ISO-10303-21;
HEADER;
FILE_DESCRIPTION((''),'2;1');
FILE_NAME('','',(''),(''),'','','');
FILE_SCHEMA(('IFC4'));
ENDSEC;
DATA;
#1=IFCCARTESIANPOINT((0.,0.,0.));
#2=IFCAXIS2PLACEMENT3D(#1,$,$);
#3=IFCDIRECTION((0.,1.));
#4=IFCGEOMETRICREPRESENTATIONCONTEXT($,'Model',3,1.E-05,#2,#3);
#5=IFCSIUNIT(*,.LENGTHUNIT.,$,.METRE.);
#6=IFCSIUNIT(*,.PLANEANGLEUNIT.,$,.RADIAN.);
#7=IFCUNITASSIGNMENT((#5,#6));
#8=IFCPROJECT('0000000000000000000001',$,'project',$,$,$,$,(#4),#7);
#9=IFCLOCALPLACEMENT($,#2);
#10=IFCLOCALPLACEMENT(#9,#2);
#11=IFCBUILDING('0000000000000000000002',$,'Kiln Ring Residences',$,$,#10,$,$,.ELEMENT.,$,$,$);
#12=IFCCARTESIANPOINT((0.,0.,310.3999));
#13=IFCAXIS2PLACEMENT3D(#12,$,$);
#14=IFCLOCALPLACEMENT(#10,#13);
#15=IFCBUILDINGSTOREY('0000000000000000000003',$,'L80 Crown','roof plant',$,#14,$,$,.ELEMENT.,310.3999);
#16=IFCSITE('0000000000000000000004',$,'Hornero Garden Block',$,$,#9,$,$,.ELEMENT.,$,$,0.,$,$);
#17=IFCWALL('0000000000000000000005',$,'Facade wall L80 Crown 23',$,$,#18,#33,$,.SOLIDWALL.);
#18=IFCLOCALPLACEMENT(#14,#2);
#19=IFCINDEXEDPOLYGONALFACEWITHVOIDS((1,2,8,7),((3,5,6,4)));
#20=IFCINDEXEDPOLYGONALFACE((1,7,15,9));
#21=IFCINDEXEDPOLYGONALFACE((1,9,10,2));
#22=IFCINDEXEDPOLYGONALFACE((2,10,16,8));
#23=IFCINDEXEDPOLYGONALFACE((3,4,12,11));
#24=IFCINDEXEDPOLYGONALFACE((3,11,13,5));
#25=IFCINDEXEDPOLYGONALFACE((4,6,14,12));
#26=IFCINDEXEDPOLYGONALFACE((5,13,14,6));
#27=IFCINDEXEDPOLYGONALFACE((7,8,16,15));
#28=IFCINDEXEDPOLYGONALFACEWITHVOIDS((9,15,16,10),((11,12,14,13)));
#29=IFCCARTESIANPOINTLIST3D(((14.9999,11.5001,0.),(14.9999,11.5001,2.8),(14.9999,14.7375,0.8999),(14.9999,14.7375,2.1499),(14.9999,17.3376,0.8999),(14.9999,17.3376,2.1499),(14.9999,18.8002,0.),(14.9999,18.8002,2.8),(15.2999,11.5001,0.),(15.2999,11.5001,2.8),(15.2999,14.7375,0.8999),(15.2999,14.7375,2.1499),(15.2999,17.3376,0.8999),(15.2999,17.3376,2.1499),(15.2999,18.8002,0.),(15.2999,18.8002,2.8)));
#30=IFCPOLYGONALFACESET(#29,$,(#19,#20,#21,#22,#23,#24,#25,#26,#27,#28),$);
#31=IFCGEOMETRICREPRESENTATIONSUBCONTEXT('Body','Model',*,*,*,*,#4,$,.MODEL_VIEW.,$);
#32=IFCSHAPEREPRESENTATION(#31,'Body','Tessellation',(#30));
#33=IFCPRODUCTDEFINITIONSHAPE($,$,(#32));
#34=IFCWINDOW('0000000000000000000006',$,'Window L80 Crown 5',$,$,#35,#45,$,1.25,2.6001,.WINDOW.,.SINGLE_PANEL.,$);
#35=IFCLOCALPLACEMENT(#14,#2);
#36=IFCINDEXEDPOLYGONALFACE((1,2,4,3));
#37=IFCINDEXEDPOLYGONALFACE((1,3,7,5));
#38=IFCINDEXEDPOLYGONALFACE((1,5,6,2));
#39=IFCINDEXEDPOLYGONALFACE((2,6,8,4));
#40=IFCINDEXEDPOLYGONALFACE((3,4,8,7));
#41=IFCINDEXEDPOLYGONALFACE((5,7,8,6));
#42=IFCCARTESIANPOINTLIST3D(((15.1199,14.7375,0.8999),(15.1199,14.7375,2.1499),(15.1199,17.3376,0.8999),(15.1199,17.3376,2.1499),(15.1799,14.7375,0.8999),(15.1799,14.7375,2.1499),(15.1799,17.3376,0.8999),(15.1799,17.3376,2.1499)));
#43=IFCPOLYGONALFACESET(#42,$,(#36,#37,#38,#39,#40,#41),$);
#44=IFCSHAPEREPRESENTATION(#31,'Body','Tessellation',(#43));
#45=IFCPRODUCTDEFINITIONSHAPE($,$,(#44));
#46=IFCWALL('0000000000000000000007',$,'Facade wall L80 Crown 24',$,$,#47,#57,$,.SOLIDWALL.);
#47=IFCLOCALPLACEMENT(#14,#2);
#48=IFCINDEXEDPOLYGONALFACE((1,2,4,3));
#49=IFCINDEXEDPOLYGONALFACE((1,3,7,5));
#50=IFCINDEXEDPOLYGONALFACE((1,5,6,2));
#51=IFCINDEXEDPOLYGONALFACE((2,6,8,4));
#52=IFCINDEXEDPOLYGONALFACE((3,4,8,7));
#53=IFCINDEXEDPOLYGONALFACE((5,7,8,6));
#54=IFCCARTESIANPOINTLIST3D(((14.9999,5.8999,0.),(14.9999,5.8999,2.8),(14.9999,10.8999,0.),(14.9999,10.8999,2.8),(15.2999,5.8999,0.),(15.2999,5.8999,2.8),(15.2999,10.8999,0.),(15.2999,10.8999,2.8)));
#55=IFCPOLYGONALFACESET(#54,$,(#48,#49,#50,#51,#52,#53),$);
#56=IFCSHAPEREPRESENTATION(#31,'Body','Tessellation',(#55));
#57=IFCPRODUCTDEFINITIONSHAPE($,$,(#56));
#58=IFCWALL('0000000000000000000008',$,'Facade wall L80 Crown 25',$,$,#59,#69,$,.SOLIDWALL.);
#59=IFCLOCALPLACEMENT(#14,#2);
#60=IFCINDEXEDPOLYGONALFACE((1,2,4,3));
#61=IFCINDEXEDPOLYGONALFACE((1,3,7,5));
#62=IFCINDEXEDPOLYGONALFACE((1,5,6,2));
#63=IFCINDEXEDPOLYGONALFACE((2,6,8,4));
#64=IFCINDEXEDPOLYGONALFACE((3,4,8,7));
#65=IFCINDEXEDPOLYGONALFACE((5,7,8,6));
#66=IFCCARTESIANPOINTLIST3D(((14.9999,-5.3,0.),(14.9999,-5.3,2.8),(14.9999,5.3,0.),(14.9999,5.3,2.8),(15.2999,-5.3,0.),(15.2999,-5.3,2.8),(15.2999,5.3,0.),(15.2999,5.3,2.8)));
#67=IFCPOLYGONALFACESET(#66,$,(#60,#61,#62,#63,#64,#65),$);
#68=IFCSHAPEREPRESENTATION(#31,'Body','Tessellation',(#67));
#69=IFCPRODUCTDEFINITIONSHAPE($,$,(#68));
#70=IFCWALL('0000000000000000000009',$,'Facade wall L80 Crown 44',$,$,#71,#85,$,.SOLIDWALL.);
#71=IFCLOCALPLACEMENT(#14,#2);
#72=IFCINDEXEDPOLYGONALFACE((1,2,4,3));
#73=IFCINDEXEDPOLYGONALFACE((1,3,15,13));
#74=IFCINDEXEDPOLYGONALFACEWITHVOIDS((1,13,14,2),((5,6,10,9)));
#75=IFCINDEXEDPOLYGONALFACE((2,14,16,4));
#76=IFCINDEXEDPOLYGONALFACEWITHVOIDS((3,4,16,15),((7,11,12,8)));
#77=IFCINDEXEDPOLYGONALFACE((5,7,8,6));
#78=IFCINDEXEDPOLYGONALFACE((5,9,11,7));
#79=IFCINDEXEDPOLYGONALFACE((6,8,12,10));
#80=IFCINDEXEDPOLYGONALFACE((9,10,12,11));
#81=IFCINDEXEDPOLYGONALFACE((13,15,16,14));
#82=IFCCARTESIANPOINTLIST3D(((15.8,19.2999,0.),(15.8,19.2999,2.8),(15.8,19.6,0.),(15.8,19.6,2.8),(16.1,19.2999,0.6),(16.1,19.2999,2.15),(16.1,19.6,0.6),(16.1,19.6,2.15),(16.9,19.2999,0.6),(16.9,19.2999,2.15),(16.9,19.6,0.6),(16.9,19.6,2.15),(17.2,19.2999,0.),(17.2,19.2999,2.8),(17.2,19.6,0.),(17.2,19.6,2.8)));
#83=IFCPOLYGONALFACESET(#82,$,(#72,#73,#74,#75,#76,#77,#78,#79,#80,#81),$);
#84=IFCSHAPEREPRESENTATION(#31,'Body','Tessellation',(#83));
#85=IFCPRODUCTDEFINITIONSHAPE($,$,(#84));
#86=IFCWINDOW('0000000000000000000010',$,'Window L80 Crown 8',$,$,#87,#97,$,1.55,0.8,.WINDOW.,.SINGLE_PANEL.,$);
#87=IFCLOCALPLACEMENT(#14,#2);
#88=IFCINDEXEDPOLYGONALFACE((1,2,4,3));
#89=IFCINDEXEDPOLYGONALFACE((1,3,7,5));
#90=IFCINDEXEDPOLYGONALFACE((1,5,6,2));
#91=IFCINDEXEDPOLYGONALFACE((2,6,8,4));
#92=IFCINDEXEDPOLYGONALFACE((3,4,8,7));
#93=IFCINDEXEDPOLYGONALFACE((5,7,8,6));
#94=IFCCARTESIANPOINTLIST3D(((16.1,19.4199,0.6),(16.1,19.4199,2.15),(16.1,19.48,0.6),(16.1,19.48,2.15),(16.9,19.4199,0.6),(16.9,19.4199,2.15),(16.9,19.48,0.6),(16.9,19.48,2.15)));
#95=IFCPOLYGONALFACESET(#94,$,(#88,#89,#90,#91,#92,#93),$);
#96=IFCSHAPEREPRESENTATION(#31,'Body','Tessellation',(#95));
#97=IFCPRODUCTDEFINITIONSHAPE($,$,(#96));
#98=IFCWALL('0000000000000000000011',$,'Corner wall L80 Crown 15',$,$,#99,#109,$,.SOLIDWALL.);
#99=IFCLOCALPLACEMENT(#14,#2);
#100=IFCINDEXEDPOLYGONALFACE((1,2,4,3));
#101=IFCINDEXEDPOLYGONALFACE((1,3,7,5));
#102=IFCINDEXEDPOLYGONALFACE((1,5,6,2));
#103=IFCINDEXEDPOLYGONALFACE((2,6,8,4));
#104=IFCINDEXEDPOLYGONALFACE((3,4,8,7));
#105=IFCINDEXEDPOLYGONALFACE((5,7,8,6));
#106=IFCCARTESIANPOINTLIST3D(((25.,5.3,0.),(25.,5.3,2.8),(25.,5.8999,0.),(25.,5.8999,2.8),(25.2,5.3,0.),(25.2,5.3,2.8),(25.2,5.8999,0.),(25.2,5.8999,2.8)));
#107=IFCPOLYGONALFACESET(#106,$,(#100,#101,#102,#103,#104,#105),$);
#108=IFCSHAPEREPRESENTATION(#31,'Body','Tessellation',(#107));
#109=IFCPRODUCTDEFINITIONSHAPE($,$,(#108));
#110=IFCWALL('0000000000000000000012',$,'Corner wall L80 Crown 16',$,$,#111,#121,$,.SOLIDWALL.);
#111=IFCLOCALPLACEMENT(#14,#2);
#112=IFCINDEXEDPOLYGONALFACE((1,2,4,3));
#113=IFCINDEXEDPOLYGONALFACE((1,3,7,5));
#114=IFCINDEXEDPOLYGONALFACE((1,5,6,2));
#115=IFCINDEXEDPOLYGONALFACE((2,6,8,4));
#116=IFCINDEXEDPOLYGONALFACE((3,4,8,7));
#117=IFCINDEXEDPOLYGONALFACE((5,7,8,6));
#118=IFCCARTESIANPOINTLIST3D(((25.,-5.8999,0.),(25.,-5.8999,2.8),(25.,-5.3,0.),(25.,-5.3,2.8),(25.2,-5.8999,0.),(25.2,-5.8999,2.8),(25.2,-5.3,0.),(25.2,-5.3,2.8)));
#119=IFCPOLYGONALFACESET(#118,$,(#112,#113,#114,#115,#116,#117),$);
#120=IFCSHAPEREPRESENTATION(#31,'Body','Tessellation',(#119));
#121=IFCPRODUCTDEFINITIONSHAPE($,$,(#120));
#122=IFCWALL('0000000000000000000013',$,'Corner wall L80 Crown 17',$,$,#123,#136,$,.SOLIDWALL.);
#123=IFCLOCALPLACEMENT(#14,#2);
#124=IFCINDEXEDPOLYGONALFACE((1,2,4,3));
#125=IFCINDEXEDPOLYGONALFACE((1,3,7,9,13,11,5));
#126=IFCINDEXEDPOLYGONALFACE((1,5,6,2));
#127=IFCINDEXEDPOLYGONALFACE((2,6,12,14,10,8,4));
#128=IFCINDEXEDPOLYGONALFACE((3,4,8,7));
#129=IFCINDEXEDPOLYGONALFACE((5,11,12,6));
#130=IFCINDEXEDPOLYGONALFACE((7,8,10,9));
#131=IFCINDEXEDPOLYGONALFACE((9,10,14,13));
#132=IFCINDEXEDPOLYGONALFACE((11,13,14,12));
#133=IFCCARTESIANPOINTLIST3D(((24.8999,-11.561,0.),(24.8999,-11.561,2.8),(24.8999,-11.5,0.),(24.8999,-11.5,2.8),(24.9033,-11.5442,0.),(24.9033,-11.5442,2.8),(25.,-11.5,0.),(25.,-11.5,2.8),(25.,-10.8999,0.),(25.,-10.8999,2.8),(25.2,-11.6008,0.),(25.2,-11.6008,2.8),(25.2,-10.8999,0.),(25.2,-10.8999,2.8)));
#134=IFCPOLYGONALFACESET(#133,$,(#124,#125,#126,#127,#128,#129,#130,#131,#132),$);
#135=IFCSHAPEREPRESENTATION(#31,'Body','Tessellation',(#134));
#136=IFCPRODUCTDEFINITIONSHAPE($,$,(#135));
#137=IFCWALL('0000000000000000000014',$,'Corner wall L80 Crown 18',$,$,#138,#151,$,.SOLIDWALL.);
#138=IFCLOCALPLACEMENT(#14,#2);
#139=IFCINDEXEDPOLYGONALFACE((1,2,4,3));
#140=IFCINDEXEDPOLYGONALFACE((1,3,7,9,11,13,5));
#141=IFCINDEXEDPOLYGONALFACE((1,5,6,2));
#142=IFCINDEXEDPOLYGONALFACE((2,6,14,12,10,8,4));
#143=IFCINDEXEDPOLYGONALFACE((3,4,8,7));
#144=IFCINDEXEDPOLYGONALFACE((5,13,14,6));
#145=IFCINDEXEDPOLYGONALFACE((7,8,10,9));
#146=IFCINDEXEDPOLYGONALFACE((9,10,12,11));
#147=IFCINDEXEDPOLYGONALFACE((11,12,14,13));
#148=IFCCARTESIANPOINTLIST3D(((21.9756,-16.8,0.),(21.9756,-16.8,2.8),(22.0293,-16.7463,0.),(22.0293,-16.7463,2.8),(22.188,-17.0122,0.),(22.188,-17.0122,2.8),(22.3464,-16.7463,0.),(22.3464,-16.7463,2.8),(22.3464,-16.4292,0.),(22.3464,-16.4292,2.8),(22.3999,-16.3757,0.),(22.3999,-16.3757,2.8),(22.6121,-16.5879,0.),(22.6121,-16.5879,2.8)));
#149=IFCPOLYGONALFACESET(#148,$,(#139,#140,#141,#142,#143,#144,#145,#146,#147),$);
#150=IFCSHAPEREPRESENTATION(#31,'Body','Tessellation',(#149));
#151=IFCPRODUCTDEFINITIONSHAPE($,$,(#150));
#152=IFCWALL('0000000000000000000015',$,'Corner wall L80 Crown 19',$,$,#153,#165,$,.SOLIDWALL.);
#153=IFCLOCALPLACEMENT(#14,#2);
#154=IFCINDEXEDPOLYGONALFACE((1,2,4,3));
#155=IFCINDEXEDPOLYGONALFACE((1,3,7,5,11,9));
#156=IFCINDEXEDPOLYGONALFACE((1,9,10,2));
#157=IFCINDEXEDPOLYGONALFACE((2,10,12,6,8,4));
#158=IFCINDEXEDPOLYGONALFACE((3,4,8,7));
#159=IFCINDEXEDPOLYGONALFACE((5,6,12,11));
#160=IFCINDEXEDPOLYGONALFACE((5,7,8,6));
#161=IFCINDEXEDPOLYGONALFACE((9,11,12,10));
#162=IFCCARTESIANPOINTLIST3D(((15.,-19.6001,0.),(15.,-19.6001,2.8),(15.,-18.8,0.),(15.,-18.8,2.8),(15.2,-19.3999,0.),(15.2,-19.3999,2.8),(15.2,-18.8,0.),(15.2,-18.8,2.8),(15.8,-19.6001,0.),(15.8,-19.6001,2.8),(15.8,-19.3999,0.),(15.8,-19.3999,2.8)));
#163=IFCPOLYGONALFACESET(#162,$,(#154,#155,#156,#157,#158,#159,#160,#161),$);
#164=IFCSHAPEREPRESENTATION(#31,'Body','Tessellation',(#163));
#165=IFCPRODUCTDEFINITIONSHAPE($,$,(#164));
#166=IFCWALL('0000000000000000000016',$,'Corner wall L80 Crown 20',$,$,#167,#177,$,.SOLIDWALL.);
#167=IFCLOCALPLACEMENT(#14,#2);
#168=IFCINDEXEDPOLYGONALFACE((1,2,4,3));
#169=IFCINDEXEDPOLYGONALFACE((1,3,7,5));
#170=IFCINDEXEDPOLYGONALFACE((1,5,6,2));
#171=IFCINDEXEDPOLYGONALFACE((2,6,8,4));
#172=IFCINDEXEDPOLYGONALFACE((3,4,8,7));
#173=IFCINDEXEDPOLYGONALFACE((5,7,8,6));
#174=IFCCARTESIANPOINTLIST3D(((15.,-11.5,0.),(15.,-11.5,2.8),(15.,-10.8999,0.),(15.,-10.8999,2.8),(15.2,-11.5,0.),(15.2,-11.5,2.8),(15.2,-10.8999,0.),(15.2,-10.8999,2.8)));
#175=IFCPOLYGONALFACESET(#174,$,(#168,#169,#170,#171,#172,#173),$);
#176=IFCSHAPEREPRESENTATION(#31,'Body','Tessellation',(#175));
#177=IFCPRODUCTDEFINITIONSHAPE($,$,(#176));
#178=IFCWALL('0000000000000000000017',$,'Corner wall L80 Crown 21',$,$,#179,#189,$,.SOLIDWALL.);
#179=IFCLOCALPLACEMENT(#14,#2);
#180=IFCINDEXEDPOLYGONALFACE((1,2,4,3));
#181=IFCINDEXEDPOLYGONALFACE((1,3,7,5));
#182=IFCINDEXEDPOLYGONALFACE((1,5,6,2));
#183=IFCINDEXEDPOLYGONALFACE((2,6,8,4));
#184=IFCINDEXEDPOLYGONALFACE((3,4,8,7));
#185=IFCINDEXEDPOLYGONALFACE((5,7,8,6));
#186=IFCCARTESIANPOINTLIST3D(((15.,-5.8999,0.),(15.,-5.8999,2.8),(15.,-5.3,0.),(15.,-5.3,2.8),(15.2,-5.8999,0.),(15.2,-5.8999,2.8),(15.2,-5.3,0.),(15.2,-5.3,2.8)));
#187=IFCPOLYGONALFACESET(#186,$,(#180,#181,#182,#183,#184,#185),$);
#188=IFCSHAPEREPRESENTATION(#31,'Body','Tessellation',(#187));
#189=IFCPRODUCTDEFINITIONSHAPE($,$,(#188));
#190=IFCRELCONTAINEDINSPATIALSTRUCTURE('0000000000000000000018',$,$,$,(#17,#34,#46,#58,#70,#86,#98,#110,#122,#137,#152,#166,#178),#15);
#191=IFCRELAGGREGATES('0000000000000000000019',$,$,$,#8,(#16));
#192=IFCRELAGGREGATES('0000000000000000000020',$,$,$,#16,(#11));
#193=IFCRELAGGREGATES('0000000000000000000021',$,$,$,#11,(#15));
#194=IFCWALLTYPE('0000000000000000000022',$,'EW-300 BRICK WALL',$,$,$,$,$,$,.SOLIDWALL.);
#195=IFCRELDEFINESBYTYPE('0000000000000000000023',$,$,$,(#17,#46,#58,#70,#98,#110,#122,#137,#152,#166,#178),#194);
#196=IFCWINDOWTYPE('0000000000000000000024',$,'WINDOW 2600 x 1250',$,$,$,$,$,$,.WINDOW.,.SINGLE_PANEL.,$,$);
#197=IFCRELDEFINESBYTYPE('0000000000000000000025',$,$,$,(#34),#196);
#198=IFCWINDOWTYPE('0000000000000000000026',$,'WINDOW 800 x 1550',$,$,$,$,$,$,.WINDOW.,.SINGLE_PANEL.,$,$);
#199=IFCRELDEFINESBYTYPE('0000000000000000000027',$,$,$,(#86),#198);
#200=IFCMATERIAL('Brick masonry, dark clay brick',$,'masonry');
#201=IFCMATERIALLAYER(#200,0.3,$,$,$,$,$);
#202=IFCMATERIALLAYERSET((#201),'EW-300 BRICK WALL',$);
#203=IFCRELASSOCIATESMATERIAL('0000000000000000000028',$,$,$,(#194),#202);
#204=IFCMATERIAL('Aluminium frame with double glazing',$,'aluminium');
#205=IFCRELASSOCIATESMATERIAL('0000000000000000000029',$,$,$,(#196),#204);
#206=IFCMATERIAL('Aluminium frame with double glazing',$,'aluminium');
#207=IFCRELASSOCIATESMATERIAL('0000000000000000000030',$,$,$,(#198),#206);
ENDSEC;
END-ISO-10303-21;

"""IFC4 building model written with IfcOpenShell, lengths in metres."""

from ifc_helpers import new_model, si_unit, direction, frame, frame_2d, origin, place, context, subcontext, project, spatial, polyline, rectangle, outline, extrude, material, layer, layer_set, type_object, element, fill, save


model = new_model("IFC4")

# Units and contexts
model_context = context("Model", 3, precision=1e-05, world=origin(), true_north=direction((0.0, 1.0)))
body_context = subcontext(model_context, "Body", "Model", "MODEL_VIEW")
ifc_project = project(units=[si_unit("LENGTHUNIT", "METRE"), si_unit("PLANEANGLEUNIT", "RADIAN")], contexts=[model_context])

# Site, building, storey
site_placement = place(None, origin())
site = spatial("IfcSite", under=ifc_project, at=site_placement, Name="Hornero Garden Block", CompositionType="ELEMENT", RefElevation=0.0)
building_placement = place(site_placement, origin())
building = spatial("IfcBuilding", under=site, at=building_placement, Name="Kiln Ring Residences", CompositionType="ELEMENT")
storey_placement = place(building_placement, frame((0.0, 0.0, 310.3999)))
storey = spatial("IfcBuildingStorey", under=building, at=storey_placement, Name="L80 Crown", Description="roof plant", CompositionType="ELEMENT", Elevation=310.3999)

# Wall, opening, window
ifc_material_1 = material(Name="Brick masonry, dark clay brick", Category="masonry")
ifc_layer_1 = layer(ifc_material_1, 0.3)
ifc_layer_set_1 = layer_set([ifc_layer_1], Name="EW-300 BRICK WALL")
wall_type_1 = type_object("IfcWallType", Name="EW-300 BRICK WALL", PredefinedType="SOLIDWALL", material=ifc_layer_set_1)
wall_1_placement = place(storey_placement, frame((15.1499, 18.8, 0.0), z_axis=(0.0, 0.0, 1.0), x_axis=(0.0, -1.0, 0.0)))
wall_1 = element("IfcWall", 1, at=wall_1_placement, inside=storey, type_object=wall_type_1, Name="Facade wall L80 Crown 23", PredefinedType="SOLIDWALL", context=body_context, shape_type="SweptSolid", body=[
    extrude(rectangle(XDim=7.3, YDim=0.3, at=frame_2d((3.6499, 0.0))), origin(), (0.0, 0.0, 1.0), 2.8),
])
opening_1_placement = place(wall_1_placement, frame((1.4624, 0.0, 0.8999)))
opening_1 = element("IfcOpeningElement", 2, at=opening_1_placement, cuts=wall_1, PredefinedType="OPENING", context=body_context, shape_type="SweptSolid", body=[
    extrude(rectangle(XDim=2.6001, YDim=1.25, at=frame_2d((1.3, 0.625))), frame((0.0, 0.1599, 0.0), z_axis=(0.0, -1.0, 0.0), x_axis=(1.0, 0.0, 0.0)), (0.0, 0.0, 1.0), 0.3201),
])
ifc_material_2 = material(Name="Aluminium frame with double glazing", Category="aluminium")
window_type_1 = type_object("IfcWindowType", Name="WINDOW 2600 x 1250", PartitioningType="SINGLE_PANEL", PredefinedType="WINDOW", material=ifc_material_2)
window_1_placement = place(opening_1_placement, origin())
window_1 = element("IfcWindow", 3, at=window_1_placement, inside=storey, type_object=window_type_1, Name="Window L80 Crown 5", OverallHeight=1.25, OverallWidth=2.6001, PartitioningType="SINGLE_PANEL", PredefinedType="WINDOW", context=body_context, shape_type="SweptSolid", body=[
    extrude(rectangle(XDim=2.6001, YDim=1.25, at=frame_2d((1.3, 0.625))), frame((0.0, 0.03, 0.0), z_axis=(0.0, -1.0, 0.0), x_axis=(1.0, 0.0, 0.0)), (0.0, 0.0, 1.0), 0.0601),
])
fill(opening_1, window_1)

# Walls
wall_2_placement = place(storey_placement, frame((15.1499, 10.8999, 0.0), z_axis=(0.0, 0.0, 1.0), x_axis=(0.0, -1.0, 0.0)))
element("IfcWall", 4, at=wall_2_placement, inside=storey, type_object=wall_type_1, Name="Facade wall L80 Crown 24", PredefinedType="SOLIDWALL", context=body_context, shape_type="SweptSolid", body=[
    extrude(rectangle(XDim=5.0, YDim=0.3, at=frame_2d((2.5, 0.0))), origin(), (0.0, 0.0, 1.0), 2.8),
])
wall_3_placement = place(storey_placement, frame((15.1499, 5.3, 0.0), z_axis=(0.0, 0.0, 1.0), x_axis=(0.0, -1.0, 0.0)))
element("IfcWall", 5, at=wall_3_placement, inside=storey, type_object=wall_type_1, Name="Facade wall L80 Crown 25", PredefinedType="SOLIDWALL", context=body_context, shape_type="SweptSolid", body=[
    extrude(rectangle(XDim=10.6001, YDim=0.3, at=frame_2d((5.3, 0.0))), origin(), (0.0, 0.0, 1.0), 2.8),
])

# Wall, opening, window
wall_4_placement = place(storey_placement, frame((17.2, 19.45, 0.0), z_axis=(0.0, 0.0, 1.0), x_axis=(-1.0, 0.0, 0.0)))
wall_4 = element("IfcWall", 6, at=wall_4_placement, inside=storey, type_object=wall_type_1, Name="Facade wall L80 Crown 44", PredefinedType="SOLIDWALL", context=body_context, shape_type="SweptSolid", body=[
    extrude(rectangle(XDim=1.3999, YDim=0.3, at=frame_2d((0.7, 0.0))), origin(), (0.0, 0.0, 1.0), 2.8),
])
opening_2_placement = place(wall_4_placement, frame((0.3, 0.0, 0.6001)))
opening_2 = element("IfcOpeningElement", 7, at=opening_2_placement, cuts=wall_4, PredefinedType="OPENING", context=body_context, shape_type="SweptSolid", body=[
    extrude(rectangle(XDim=0.8, YDim=1.55, at=frame_2d((0.3999, 0.7749))), frame((0.0, 0.1599, 0.0), z_axis=(0.0, -1.0, 0.0), x_axis=(1.0, 0.0, 0.0)), (0.0, 0.0, 1.0), 0.3201),
])
ifc_material_3 = material(Name="Aluminium frame with double glazing", Category="aluminium")
window_type_2 = type_object("IfcWindowType", Name="WINDOW 800 x 1550", PartitioningType="SINGLE_PANEL", PredefinedType="WINDOW", material=ifc_material_3)
window_2_placement = place(opening_2_placement, origin())
window_2 = element("IfcWindow", 8, at=window_2_placement, inside=storey, type_object=window_type_2, Name="Window L80 Crown 8", OverallHeight=1.55, OverallWidth=0.8, PartitioningType="SINGLE_PANEL", PredefinedType="WINDOW", context=body_context, shape_type="SweptSolid", body=[
    extrude(rectangle(XDim=0.8, YDim=1.55, at=frame_2d((0.3999, 0.7749))), frame((0.0, 0.03, 0.0), z_axis=(0.0, -1.0, 0.0), x_axis=(1.0, 0.0, 0.0)), (0.0, 0.0, 1.0), 0.0601),
])
fill(opening_2, window_2)

# Walls
placement = place(storey_placement, origin())
element("IfcWall", 9, at=placement, inside=storey, type_object=wall_type_1, Name="Corner wall L80 Crown 15", PredefinedType="SOLIDWALL", context=body_context, shape_type="SweptSolid", body=[
    extrude(outline(polyline([(25.0, 5.3), (25.2, 5.3), (25.2, 5.8999), (24.8999, 5.8999), (25.0, 5.8999), (25.0, 5.3)])), origin(), (0.0, 0.0, 1.0), 2.8),
])
element("IfcWall", 10, at=placement, inside=storey, type_object=wall_type_1, Name="Corner wall L80 Crown 16", PredefinedType="SOLIDWALL", context=body_context, shape_type="SweptSolid", body=[
    extrude(outline(polyline([(25.0, -5.8999), (25.2, -5.8999), (25.2, -5.3), (25.0, -5.3), (25.0, -5.8999)])), origin(), (0.0, 0.0, 1.0), 2.8),
])
element("IfcWall", 11, at=placement, inside=storey, type_object=wall_type_1, Name="Corner wall L80 Crown 17", PredefinedType="SOLIDWALL", context=body_context, shape_type="SweptSolid", body=[
    extrude(outline(polyline([(25.2, -11.6008), (25.2, -10.8999), (25.0, -10.8999), (25.0, -11.5), (24.8999, -11.5), (24.8999, -11.561), (24.9033, -11.5442), (25.2, -11.6008)])), origin(), (0.0, 0.0, 1.0), 2.8),
])
element("IfcWall", 12, at=placement, inside=storey, type_object=wall_type_1, Name="Corner wall L80 Crown 18", PredefinedType="SOLIDWALL", context=body_context, shape_type="SweptSolid", body=[
    extrude(outline(polyline([(21.9756, -16.8), (22.188, -17.0122), (22.6121, -16.5879), (22.3999, -16.3757), (22.3464, -16.4292), (22.3464, -16.7463), (22.0293, -16.7463), (21.9756, -16.8)])), origin(), (0.0, 0.0, 1.0), 2.8),
])
element("IfcWall", 13, at=placement, inside=storey, type_object=wall_type_1, Name="Corner wall L80 Crown 19", PredefinedType="SOLIDWALL", context=body_context, shape_type="SweptSolid", body=[
    extrude(outline(polyline([(15.0, -18.8), (15.0, -19.6001), (15.8, -19.6001), (15.8, -19.3999), (15.2, -19.3999), (15.2, -18.8), (15.0, -18.8)])), origin(), (0.0, 0.0, 1.0), 2.8),
])
element("IfcWall", 14, at=placement, inside=storey, type_object=wall_type_1, Name="Corner wall L80 Crown 20", PredefinedType="SOLIDWALL", context=body_context, shape_type="SweptSolid", body=[
    extrude(outline(polyline([(15.2, -10.8999), (15.0, -10.8999), (15.0, -11.5), (15.2, -11.5), (15.2, -10.8999)])), origin(), (0.0, 0.0, 1.0), 2.8),
])
element("IfcWall", 15, at=placement, inside=storey, type_object=wall_type_1, Name="Corner wall L80 Crown 21", PredefinedType="SOLIDWALL", context=body_context, shape_type="SweptSolid", body=[
    extrude(outline(polyline([(15.2, -5.3), (15.0, -5.3), (15.0, -5.8999), (15.3, -5.8999), (15.2, -5.8999), (15.2, -5.3)])), origin(), (0.0, 0.0, 1.0), 2.8),
])

save(model, "model.ifc")
